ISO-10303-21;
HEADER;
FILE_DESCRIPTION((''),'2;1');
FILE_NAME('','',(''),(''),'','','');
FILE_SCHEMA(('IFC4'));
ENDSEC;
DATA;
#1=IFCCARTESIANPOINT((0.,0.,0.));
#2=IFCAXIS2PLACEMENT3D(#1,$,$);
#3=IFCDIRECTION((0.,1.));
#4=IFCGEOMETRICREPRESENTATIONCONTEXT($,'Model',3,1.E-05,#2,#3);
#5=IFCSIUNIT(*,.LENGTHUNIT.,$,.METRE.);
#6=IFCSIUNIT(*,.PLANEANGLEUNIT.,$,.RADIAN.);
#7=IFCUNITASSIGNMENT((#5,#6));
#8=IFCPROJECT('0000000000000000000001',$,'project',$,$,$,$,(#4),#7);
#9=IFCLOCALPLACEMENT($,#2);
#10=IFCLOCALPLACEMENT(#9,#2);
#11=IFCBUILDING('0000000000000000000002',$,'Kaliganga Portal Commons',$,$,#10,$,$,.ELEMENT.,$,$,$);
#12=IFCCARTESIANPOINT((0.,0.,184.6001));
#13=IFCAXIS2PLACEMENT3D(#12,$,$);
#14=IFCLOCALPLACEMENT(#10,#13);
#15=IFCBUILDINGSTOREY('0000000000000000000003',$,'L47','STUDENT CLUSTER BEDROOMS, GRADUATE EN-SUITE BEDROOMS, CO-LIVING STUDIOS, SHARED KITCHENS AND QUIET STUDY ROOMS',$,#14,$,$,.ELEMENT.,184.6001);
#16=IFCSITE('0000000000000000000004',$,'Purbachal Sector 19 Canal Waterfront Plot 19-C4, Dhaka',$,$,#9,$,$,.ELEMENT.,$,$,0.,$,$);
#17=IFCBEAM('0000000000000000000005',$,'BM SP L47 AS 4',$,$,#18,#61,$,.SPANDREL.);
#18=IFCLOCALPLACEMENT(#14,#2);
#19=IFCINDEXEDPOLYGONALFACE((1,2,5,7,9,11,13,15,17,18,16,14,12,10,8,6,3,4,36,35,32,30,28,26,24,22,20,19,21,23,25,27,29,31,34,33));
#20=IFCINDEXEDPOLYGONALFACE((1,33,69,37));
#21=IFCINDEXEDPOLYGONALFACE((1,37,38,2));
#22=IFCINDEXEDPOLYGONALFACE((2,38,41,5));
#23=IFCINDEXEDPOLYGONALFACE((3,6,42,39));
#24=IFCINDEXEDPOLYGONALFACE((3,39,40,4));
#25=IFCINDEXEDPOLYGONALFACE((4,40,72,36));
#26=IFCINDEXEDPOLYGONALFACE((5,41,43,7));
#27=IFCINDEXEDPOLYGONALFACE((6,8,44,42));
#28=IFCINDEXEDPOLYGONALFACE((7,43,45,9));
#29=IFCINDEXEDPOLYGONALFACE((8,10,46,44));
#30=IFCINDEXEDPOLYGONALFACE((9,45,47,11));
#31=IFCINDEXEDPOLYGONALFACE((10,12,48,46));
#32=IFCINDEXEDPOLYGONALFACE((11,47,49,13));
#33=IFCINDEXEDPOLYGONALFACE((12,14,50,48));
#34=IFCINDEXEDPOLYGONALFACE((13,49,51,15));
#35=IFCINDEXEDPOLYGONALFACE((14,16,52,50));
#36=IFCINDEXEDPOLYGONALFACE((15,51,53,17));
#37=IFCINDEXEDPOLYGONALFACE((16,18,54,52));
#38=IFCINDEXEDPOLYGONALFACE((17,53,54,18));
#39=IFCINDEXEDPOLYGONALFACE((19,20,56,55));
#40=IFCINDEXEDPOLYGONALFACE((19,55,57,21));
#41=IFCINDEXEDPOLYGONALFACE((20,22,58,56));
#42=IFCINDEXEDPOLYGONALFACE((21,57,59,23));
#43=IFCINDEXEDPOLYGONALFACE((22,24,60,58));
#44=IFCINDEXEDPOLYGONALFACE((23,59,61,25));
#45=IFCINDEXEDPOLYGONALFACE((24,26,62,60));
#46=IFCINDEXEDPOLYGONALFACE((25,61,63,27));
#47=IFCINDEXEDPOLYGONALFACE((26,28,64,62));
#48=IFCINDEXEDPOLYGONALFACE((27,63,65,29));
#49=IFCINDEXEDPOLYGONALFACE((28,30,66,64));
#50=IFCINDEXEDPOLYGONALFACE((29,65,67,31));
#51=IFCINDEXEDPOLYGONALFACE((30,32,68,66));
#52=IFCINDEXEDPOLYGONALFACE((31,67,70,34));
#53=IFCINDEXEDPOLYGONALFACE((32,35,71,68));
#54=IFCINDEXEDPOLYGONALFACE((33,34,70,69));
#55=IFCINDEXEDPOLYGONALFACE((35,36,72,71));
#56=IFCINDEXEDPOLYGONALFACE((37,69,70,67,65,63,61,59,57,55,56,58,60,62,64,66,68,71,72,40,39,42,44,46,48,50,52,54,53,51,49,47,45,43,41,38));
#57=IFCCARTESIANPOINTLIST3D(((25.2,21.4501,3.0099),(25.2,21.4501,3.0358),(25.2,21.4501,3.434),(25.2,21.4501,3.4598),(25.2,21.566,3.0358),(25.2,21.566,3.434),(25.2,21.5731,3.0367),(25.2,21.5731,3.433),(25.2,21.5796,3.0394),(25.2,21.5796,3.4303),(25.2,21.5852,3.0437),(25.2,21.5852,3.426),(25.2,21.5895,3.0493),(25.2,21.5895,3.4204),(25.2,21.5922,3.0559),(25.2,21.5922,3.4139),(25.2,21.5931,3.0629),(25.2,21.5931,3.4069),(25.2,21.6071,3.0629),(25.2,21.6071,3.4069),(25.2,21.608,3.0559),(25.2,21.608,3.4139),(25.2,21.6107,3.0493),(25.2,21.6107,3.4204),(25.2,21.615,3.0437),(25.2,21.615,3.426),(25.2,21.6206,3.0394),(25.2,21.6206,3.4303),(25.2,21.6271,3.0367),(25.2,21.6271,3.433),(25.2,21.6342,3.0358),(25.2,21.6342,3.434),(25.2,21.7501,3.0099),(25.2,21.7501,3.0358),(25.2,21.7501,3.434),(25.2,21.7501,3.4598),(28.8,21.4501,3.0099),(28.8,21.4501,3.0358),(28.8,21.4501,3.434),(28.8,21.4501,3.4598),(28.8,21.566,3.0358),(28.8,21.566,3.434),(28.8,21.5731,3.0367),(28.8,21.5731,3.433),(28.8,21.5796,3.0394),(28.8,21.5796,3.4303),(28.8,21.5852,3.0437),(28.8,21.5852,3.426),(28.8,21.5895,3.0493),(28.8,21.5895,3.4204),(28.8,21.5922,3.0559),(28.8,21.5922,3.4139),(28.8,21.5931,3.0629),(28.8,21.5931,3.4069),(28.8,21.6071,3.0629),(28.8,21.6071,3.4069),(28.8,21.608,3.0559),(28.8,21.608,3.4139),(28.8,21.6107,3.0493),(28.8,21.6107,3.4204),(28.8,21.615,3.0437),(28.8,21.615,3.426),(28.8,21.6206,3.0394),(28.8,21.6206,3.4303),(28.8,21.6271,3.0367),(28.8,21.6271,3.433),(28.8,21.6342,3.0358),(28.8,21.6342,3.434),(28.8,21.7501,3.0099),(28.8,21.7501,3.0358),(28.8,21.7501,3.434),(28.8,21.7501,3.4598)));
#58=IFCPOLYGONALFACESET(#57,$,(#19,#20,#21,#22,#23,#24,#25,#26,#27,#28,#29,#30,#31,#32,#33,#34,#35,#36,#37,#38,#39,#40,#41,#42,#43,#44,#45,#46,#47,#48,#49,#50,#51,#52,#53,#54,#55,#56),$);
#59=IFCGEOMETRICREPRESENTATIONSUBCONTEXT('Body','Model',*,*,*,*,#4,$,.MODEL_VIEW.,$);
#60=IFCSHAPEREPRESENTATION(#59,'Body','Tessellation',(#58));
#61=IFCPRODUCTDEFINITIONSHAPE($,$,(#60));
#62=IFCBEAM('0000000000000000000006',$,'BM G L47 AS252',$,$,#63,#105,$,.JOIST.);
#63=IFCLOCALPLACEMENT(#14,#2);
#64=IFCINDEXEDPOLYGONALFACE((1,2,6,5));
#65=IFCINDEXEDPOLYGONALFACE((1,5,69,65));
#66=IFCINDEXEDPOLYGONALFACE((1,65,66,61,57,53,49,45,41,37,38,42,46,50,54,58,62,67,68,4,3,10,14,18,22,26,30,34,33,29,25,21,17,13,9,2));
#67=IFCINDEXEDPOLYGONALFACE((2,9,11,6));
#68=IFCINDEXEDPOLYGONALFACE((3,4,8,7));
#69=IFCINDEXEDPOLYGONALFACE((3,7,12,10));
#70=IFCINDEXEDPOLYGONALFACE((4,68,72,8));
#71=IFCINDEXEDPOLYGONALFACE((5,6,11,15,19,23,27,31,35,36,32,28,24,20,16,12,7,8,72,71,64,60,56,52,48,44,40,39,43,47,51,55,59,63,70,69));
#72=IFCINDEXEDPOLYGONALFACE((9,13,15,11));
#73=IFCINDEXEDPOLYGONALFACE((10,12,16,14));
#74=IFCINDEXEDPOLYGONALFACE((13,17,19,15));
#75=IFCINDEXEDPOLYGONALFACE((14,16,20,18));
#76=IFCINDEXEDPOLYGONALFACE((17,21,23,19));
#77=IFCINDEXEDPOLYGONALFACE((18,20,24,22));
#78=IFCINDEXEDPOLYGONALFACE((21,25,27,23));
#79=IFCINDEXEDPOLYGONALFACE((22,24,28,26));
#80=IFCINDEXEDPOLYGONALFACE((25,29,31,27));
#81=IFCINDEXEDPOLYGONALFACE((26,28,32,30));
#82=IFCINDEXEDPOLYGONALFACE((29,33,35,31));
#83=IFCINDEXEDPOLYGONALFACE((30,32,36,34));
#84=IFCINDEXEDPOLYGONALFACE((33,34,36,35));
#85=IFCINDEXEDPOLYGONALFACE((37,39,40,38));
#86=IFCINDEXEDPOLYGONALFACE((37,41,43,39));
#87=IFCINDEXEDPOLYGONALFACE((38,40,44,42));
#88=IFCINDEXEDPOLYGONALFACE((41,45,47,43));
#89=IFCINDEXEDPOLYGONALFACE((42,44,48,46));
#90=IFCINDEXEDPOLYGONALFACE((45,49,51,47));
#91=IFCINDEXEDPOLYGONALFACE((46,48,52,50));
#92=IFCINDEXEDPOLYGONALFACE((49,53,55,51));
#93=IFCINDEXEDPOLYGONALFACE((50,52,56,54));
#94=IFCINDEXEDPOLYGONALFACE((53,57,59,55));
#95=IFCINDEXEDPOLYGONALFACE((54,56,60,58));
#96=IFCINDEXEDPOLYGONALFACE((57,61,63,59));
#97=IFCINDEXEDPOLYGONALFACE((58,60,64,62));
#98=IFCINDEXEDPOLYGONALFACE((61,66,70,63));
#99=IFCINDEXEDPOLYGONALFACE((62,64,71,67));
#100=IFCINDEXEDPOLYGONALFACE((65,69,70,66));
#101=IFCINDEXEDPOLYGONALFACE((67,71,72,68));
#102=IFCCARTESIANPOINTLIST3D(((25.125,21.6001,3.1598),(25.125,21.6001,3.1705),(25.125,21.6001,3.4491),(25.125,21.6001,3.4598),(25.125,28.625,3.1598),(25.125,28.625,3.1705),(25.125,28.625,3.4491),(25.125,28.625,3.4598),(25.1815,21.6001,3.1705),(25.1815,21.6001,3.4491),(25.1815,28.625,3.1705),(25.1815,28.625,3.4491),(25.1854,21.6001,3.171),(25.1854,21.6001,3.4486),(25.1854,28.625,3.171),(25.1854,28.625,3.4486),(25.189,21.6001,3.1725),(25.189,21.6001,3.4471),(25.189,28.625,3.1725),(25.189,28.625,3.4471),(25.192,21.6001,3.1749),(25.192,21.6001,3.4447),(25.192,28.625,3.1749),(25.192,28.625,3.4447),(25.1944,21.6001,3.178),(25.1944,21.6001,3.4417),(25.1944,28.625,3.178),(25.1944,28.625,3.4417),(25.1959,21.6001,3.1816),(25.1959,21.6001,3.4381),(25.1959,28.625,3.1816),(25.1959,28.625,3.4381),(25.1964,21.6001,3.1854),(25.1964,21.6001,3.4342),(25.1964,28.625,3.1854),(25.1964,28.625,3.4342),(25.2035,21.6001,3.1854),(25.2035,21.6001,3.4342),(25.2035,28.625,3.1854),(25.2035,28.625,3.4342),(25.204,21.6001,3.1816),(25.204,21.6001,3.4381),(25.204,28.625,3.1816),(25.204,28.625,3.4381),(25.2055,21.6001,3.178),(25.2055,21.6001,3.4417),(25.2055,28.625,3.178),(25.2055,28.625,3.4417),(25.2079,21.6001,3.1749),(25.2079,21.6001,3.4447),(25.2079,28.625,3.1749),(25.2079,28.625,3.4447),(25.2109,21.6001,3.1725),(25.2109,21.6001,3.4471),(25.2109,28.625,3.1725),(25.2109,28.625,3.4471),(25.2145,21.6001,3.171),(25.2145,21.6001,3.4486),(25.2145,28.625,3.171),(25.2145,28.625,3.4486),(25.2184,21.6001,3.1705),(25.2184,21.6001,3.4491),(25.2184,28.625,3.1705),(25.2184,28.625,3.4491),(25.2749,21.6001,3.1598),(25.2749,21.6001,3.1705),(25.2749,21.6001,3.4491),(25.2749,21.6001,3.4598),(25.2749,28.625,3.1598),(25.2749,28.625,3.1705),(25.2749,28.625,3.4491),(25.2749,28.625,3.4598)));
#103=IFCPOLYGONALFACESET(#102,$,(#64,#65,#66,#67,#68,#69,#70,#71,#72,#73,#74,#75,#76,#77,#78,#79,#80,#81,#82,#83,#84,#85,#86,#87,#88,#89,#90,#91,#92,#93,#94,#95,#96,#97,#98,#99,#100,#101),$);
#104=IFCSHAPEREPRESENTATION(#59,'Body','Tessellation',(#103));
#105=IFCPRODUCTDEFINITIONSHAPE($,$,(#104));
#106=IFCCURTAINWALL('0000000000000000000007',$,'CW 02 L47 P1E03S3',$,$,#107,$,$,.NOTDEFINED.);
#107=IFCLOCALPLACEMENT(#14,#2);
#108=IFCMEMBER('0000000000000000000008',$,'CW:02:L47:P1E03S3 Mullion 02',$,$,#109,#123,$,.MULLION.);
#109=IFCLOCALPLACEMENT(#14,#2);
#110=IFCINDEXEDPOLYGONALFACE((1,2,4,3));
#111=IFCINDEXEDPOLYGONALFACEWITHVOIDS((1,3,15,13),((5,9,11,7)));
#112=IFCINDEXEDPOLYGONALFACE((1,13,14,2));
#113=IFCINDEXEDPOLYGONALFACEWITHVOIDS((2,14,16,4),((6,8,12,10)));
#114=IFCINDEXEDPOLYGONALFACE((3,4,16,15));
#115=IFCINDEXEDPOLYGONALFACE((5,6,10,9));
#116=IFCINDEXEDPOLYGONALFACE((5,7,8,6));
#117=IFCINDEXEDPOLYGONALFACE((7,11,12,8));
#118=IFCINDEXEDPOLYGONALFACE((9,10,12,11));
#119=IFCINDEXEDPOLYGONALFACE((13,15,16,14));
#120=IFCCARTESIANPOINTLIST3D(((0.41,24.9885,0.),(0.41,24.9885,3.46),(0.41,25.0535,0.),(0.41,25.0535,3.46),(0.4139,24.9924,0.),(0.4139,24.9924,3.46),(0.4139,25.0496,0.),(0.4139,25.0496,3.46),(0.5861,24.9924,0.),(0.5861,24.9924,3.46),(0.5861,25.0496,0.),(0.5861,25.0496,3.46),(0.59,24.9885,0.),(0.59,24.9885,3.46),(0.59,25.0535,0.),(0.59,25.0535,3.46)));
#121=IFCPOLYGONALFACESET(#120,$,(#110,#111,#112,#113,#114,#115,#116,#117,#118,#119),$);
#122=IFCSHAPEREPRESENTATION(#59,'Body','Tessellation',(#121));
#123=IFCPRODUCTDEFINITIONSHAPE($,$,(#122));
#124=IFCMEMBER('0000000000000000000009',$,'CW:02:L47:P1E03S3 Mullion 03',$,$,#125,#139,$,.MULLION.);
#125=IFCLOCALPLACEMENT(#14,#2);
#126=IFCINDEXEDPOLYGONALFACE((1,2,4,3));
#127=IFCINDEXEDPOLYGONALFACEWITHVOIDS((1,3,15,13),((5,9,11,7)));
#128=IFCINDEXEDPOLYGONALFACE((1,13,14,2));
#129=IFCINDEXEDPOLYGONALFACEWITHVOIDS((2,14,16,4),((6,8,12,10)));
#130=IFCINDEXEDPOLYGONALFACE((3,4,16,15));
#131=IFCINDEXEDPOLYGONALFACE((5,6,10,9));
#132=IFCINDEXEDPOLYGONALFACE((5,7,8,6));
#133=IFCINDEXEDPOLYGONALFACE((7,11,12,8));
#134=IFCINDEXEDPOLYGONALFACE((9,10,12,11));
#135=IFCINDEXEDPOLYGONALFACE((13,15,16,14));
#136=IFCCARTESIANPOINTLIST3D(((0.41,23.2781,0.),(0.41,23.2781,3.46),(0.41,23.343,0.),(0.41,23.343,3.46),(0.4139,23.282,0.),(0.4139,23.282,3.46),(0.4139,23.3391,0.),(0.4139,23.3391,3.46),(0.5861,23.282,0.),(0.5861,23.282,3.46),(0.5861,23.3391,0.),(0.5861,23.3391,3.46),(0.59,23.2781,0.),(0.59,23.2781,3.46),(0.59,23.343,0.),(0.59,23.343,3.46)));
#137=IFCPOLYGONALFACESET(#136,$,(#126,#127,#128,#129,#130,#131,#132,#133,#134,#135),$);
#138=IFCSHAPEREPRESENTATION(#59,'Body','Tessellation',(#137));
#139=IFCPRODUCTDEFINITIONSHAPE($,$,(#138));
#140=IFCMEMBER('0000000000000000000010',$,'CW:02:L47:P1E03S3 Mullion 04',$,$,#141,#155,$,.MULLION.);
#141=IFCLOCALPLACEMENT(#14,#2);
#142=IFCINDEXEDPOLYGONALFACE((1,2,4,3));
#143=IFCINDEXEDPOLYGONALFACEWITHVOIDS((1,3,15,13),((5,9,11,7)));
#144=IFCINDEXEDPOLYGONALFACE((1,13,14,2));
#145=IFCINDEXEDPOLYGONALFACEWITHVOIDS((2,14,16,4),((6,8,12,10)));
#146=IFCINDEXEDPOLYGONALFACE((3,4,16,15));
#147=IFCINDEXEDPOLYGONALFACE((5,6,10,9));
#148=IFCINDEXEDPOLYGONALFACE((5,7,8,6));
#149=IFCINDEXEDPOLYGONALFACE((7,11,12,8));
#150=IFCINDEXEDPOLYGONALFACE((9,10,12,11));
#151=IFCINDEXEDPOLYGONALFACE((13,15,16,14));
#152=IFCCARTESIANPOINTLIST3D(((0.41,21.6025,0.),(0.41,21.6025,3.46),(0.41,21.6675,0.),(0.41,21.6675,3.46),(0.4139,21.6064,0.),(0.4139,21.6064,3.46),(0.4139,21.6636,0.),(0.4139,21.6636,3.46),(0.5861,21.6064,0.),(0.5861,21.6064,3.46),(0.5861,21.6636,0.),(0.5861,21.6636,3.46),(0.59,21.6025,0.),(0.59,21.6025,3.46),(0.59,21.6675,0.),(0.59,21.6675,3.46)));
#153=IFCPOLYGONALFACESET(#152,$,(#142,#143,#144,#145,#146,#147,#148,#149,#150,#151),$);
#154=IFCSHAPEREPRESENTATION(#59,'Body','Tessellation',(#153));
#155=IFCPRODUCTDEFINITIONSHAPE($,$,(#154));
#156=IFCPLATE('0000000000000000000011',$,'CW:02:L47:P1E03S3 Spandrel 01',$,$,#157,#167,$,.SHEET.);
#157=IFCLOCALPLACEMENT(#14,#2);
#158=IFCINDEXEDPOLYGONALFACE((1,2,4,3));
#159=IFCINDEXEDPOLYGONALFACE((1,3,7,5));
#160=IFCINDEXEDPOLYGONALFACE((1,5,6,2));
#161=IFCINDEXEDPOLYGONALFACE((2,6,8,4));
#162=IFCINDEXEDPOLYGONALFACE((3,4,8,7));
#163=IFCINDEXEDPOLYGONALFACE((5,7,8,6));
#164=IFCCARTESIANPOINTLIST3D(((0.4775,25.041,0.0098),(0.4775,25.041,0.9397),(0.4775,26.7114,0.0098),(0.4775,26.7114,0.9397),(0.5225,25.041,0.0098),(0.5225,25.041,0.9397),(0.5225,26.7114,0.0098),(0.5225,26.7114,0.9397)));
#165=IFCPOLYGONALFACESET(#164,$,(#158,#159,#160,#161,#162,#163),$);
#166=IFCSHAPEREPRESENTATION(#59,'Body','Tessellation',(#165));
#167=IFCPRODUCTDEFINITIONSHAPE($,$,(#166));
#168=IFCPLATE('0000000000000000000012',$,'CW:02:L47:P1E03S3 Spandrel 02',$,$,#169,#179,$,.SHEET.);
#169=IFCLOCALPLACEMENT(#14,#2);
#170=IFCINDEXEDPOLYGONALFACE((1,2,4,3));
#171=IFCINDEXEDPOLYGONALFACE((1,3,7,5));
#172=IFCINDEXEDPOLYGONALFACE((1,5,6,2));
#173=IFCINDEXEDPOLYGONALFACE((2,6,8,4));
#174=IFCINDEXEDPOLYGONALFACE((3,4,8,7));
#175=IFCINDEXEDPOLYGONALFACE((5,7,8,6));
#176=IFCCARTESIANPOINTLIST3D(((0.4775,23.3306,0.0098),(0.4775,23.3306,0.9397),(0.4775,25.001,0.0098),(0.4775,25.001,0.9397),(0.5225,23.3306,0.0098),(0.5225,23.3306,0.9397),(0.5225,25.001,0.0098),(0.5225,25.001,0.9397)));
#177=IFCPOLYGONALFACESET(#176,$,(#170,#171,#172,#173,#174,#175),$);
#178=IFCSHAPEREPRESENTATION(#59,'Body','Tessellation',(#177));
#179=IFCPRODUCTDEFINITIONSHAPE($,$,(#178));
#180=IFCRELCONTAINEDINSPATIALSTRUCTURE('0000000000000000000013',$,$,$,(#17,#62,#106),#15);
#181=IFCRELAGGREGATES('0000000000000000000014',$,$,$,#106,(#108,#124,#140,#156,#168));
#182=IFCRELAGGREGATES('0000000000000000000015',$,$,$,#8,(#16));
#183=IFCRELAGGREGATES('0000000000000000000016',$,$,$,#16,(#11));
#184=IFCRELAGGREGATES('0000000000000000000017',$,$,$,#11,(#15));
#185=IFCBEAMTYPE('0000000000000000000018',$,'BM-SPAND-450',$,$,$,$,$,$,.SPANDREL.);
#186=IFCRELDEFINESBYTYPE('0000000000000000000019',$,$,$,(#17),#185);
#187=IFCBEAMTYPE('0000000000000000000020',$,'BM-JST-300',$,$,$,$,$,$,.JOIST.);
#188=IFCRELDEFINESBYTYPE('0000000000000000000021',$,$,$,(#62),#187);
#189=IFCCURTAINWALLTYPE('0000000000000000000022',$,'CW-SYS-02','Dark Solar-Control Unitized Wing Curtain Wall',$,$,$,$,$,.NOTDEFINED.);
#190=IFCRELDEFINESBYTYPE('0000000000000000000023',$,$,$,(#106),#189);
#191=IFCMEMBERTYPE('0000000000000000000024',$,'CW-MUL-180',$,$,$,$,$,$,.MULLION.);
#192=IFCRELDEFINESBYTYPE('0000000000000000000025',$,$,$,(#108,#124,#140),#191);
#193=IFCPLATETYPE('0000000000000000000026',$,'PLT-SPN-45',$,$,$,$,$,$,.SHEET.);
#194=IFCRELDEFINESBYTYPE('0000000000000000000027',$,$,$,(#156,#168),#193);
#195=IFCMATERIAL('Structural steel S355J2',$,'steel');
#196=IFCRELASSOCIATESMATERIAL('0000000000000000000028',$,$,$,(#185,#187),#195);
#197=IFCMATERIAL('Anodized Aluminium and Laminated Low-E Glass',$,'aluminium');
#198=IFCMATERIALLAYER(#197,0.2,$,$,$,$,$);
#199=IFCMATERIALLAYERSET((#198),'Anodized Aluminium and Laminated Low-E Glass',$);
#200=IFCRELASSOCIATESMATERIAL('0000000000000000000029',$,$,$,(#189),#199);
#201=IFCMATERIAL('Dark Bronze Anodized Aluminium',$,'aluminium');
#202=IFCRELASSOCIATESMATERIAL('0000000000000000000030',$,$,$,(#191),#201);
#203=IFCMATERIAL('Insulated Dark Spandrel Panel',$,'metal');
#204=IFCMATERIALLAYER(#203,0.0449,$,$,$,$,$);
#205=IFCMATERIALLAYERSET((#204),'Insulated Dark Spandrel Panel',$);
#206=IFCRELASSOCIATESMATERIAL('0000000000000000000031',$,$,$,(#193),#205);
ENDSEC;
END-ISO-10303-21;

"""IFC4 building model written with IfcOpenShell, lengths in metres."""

from ifc_helpers import new_model, si_unit, direction, frame, origin, origin_2d, place, context, subcontext, project, spatial, rectangle, hollow_rectangle, i_section, extrude, source, transform, mapped, material, layer, layer_set, material_profile, profile_set, type_object, element, aggregate, save


model = new_model("IFC4")

# Units and contexts
model_context = context("Model", 3, precision=1e-05, world=origin(), true_north=direction((0.0, 1.0)))
body_context = subcontext(model_context, "Body", "Model", "MODEL_VIEW")
ifc_project = project(units=[si_unit("LENGTHUNIT", "METRE"), si_unit("PLANEANGLEUNIT", "RADIAN")], contexts=[model_context])

# Site, building, storey
site_placement = place(None, origin())
site = spatial("IfcSite", under=ifc_project, at=site_placement, Name="Purbachal Sector 19 Canal Waterfront Plot 19-C4, Dhaka", CompositionType="ELEMENT", RefElevation=0.0)
building_placement = place(site_placement, origin())
building = spatial("IfcBuilding", under=site, at=building_placement, Name="Kaliganga Portal Commons", CompositionType="ELEMENT")
storey_placement = place(building_placement, frame((0.0, 0.0, 184.6001)))
storey = spatial("IfcBuildingStorey", under=building, at=storey_placement, Name="L47", Description="STUDENT CLUSTER BEDROOMS, GRADUATE EN-SUITE BEDROOMS, CO-LIVING STUDIOS, SHARED KITCHENS AND QUIET STUDY ROOMS", CompositionType="ELEMENT", Elevation=184.6001)

# Beams
ifc_material_1 = material(Name="Structural steel S355J2", Category="steel")
ifc_material_profile_1 = material_profile(ifc_material_1, i_section(OverallWidth=0.3, OverallDepth=0.45, WebThickness=0.0139, FlangeThickness=0.0259, FilletRadius=0.0271, at=origin_2d()), Name="HE 450 B")
ifc_profile_set_1 = profile_set([ifc_material_profile_1], Name="Structural steel S355J2 wide-flange")
beam_type_1 = type_object("IfcBeamType", Name="BM-SPAND-450", PredefinedType="SPANDREL", material=ifc_profile_set_1)
shared_shape_1 = source(origin(), body_context, "Body", "SweptSolid", [
    extrude(i_section(OverallWidth=0.3, OverallDepth=0.45, WebThickness=0.0139, FlangeThickness=0.0259, FilletRadius=0.0271, at=origin_2d()), origin(), (0.0, 0.0, 1.0), 3.6001),
])
beam_1_placement = place(storey_placement, frame((25.2, 21.6001, 3.2349), z_axis=(1.0, 0.0, 0.0), x_axis=(0.0, 1.0, 0.0)))
element("IfcBeam", 1, at=beam_1_placement, inside=storey, type_object=beam_type_1, Name="BM SP L47 AS 4", PredefinedType="SPANDREL", context=body_context, shape_type="MappedRepresentation", body=[
    mapped(shared_shape_1, transform((0.0, 0.0, 0.0), x_axis=(1.0, 0.0, 0.0), y_axis=(0.0, 1.0, 0.0), z_axis=(0.0, 0.0, 1.0), scale=1.0)),
])
ifc_material_profile_2 = material_profile(ifc_material_1, i_section(OverallWidth=0.1499, OverallDepth=0.3, WebThickness=0.0071, FlangeThickness=0.0107, FilletRadius=0.0149, at=origin_2d()), Name="IPE 300")
ifc_profile_set_2 = profile_set([ifc_material_profile_2], Name="Structural steel S355J2 wide-flange")
beam_type_2 = type_object("IfcBeamType", Name="BM-JST-300", PredefinedType="JOIST", material=ifc_profile_set_2)
shared_shape_2 = source(origin(), body_context, "Body", "SweptSolid", [
    extrude(i_section(OverallWidth=0.1499, OverallDepth=0.3, WebThickness=0.0071, FlangeThickness=0.0107, FilletRadius=0.0149, at=origin_2d()), origin(), (0.0, 0.0, 1.0), 7.0249),
])
beam_2_placement = place(storey_placement, frame((25.2, 21.6001, 3.3098), z_axis=(0.0, 1.0, 0.0), x_axis=(-1.0, 0.0, 0.0)))
element("IfcBeam", 2, at=beam_2_placement, inside=storey, type_object=beam_type_2, Name="BM G L47 AS252", PredefinedType="JOIST", context=body_context, shape_type="MappedRepresentation", body=[
    mapped(shared_shape_2, transform((0.0, 0.0, 0.0), x_axis=(1.0, 0.0, 0.0), y_axis=(0.0, 1.0, 0.0), z_axis=(0.0, 0.0, 1.0), scale=1.0)),
])

# Curtain wall, members, plates
ifc_material_2 = material(Name="Anodized Aluminium and Laminated Low-E Glass", Category="aluminium")
ifc_layer_1 = layer(ifc_material_2, 0.2)
ifc_layer_set_1 = layer_set([ifc_layer_1], Name="Anodized Aluminium and Laminated Low-E Glass")
curtain_wall_type = type_object("IfcCurtainWallType", Name="CW-SYS-02", Description="Dark Solar-Control Unitized Wing Curtain Wall", PredefinedType="NOTDEFINED", material=ifc_layer_set_1)
curtain_wall_placement = place(storey_placement, origin())
curtain_wall = element("IfcCurtainWall", 3, at=curtain_wall_placement, inside=storey, type_object=curtain_wall_type, Name="CW 02 L47 P1E03S3", PredefinedType="NOTDEFINED")
ifc_material_3 = material(Name="Dark Bronze Anodized Aluminium", Category="aluminium")
ifc_material_profile_3 = material_profile(ifc_material_3, hollow_rectangle(XDim=0.0649, YDim=0.1799, WallThickness=0.0039, at=origin_2d()), Name="ALU MULL 65x180x4")
ifc_profile_set_3 = profile_set([ifc_material_profile_3], Name="Dark Bronze Anodized Aluminium")
member_type = type_object("IfcMemberType", Name="CW-MUL-180", PredefinedType="MULLION", material=ifc_profile_set_3)
shared_shape_3 = source(origin(), body_context, "Body", "SweptSolid", [
    extrude(hollow_rectangle(XDim=0.0649, YDim=0.1799, WallThickness=0.0039, at=origin_2d()), origin(), (0.0, 0.0, 1.0), 3.46),
])
member_1_placement = place(storey_placement, frame((0.5, 25.021, 0.0), z_axis=(0.0, 0.0, 1.0), x_axis=(0.0, -1.0, 0.0)))
member_1 = element("IfcMember", 4, at=member_1_placement, type_object=member_type, Name="CW:02:L47:P1E03S3 Mullion 02", PredefinedType="MULLION", context=body_context, shape_type="MappedRepresentation", body=[
    mapped(shared_shape_3, transform((0.0, 0.0, 0.0), x_axis=(1.0, 0.0, 0.0), y_axis=(0.0, 1.0, 0.0), z_axis=(0.0, 0.0, 1.0), scale=1.0)),
])
member_2_placement = place(storey_placement, frame((0.5, 23.3105, 0.0), z_axis=(0.0, 0.0, 1.0), x_axis=(0.0, -1.0, 0.0)))
member_2 = element("IfcMember", 5, at=member_2_placement, type_object=member_type, Name="CW:02:L47:P1E03S3 Mullion 03", PredefinedType="MULLION", context=body_context, shape_type="MappedRepresentation", body=[
    mapped(shared_shape_3, transform((0.0, 0.0, 0.0), x_axis=(1.0, 0.0, 0.0), y_axis=(0.0, 1.0, 0.0), z_axis=(0.0, 0.0, 1.0), scale=1.0)),
])
member_3_placement = place(storey_placement, frame((0.5, 21.635, 0.0), z_axis=(0.0, 0.0, 1.0), x_axis=(0.0, -1.0, 0.0)))
member_3 = element("IfcMember", 6, at=member_3_placement, type_object=member_type, Name="CW:02:L47:P1E03S3 Mullion 04", PredefinedType="MULLION", context=body_context, shape_type="MappedRepresentation", body=[
    mapped(shared_shape_3, transform((0.0, 0.0, 0.0), x_axis=(1.0, 0.0, 0.0), y_axis=(0.0, 1.0, 0.0), z_axis=(0.0, 0.0, 1.0), scale=1.0)),
])
ifc_material_4 = material(Name="Insulated Dark Spandrel Panel", Category="metal")
ifc_layer_2 = layer(ifc_material_4, 0.0449)
ifc_layer_set_2 = layer_set([ifc_layer_2], Name="Insulated Dark Spandrel Panel")
plate_type_1 = type_object("IfcPlateType", Name="PLT-SPN-45", PredefinedType="SHEET", material=ifc_layer_set_2)
shared_shape_4 = source(origin(), body_context, "Body", "SweptSolid", [
    extrude(rectangle(XDim=1.6704, YDim=0.0449, at=origin_2d()), origin(), (0.0, 0.0, 1.0), 0.9299),
])
plate_1_placement = place(storey_placement, frame((0.5, 25.8762, 0.0098), z_axis=(0.0, 0.0, 1.0), x_axis=(0.0, -1.0, 0.0)))
plate_1 = element("IfcPlate", 7, at=plate_1_placement, type_object=plate_type_1, Name="CW:02:L47:P1E03S3 Spandrel 01", PredefinedType="SHEET", context=body_context, shape_type="MappedRepresentation", body=[
    mapped(shared_shape_4, transform((0.0, 0.0, 0.0), x_axis=(1.0, 0.0, 0.0), y_axis=(0.0, 1.0, 0.0), z_axis=(0.0, 0.0, 1.0), scale=1.0)),
])
plate_2_placement = place(storey_placement, frame((0.5, 24.1658, 0.0098), z_axis=(0.0, 0.0, 1.0), x_axis=(0.0, -1.0, 0.0)))
plate_2 = element("IfcPlate", 8, at=plate_2_placement, type_object=plate_type_1, Name="CW:02:L47:P1E03S3 Spandrel 02", PredefinedType="SHEET", context=body_context, shape_type="MappedRepresentation", body=[
    mapped(shared_shape_4, transform((0.0, 0.0, 0.0), x_axis=(1.0, 0.0, 0.0), y_axis=(0.0, 1.0, 0.0), z_axis=(0.0, 0.0, 1.0), scale=1.0)),
])
aggregate(curtain_wall, [member_1, member_2, member_3, plate_1, plate_2])

save(model, "model.ifc")
